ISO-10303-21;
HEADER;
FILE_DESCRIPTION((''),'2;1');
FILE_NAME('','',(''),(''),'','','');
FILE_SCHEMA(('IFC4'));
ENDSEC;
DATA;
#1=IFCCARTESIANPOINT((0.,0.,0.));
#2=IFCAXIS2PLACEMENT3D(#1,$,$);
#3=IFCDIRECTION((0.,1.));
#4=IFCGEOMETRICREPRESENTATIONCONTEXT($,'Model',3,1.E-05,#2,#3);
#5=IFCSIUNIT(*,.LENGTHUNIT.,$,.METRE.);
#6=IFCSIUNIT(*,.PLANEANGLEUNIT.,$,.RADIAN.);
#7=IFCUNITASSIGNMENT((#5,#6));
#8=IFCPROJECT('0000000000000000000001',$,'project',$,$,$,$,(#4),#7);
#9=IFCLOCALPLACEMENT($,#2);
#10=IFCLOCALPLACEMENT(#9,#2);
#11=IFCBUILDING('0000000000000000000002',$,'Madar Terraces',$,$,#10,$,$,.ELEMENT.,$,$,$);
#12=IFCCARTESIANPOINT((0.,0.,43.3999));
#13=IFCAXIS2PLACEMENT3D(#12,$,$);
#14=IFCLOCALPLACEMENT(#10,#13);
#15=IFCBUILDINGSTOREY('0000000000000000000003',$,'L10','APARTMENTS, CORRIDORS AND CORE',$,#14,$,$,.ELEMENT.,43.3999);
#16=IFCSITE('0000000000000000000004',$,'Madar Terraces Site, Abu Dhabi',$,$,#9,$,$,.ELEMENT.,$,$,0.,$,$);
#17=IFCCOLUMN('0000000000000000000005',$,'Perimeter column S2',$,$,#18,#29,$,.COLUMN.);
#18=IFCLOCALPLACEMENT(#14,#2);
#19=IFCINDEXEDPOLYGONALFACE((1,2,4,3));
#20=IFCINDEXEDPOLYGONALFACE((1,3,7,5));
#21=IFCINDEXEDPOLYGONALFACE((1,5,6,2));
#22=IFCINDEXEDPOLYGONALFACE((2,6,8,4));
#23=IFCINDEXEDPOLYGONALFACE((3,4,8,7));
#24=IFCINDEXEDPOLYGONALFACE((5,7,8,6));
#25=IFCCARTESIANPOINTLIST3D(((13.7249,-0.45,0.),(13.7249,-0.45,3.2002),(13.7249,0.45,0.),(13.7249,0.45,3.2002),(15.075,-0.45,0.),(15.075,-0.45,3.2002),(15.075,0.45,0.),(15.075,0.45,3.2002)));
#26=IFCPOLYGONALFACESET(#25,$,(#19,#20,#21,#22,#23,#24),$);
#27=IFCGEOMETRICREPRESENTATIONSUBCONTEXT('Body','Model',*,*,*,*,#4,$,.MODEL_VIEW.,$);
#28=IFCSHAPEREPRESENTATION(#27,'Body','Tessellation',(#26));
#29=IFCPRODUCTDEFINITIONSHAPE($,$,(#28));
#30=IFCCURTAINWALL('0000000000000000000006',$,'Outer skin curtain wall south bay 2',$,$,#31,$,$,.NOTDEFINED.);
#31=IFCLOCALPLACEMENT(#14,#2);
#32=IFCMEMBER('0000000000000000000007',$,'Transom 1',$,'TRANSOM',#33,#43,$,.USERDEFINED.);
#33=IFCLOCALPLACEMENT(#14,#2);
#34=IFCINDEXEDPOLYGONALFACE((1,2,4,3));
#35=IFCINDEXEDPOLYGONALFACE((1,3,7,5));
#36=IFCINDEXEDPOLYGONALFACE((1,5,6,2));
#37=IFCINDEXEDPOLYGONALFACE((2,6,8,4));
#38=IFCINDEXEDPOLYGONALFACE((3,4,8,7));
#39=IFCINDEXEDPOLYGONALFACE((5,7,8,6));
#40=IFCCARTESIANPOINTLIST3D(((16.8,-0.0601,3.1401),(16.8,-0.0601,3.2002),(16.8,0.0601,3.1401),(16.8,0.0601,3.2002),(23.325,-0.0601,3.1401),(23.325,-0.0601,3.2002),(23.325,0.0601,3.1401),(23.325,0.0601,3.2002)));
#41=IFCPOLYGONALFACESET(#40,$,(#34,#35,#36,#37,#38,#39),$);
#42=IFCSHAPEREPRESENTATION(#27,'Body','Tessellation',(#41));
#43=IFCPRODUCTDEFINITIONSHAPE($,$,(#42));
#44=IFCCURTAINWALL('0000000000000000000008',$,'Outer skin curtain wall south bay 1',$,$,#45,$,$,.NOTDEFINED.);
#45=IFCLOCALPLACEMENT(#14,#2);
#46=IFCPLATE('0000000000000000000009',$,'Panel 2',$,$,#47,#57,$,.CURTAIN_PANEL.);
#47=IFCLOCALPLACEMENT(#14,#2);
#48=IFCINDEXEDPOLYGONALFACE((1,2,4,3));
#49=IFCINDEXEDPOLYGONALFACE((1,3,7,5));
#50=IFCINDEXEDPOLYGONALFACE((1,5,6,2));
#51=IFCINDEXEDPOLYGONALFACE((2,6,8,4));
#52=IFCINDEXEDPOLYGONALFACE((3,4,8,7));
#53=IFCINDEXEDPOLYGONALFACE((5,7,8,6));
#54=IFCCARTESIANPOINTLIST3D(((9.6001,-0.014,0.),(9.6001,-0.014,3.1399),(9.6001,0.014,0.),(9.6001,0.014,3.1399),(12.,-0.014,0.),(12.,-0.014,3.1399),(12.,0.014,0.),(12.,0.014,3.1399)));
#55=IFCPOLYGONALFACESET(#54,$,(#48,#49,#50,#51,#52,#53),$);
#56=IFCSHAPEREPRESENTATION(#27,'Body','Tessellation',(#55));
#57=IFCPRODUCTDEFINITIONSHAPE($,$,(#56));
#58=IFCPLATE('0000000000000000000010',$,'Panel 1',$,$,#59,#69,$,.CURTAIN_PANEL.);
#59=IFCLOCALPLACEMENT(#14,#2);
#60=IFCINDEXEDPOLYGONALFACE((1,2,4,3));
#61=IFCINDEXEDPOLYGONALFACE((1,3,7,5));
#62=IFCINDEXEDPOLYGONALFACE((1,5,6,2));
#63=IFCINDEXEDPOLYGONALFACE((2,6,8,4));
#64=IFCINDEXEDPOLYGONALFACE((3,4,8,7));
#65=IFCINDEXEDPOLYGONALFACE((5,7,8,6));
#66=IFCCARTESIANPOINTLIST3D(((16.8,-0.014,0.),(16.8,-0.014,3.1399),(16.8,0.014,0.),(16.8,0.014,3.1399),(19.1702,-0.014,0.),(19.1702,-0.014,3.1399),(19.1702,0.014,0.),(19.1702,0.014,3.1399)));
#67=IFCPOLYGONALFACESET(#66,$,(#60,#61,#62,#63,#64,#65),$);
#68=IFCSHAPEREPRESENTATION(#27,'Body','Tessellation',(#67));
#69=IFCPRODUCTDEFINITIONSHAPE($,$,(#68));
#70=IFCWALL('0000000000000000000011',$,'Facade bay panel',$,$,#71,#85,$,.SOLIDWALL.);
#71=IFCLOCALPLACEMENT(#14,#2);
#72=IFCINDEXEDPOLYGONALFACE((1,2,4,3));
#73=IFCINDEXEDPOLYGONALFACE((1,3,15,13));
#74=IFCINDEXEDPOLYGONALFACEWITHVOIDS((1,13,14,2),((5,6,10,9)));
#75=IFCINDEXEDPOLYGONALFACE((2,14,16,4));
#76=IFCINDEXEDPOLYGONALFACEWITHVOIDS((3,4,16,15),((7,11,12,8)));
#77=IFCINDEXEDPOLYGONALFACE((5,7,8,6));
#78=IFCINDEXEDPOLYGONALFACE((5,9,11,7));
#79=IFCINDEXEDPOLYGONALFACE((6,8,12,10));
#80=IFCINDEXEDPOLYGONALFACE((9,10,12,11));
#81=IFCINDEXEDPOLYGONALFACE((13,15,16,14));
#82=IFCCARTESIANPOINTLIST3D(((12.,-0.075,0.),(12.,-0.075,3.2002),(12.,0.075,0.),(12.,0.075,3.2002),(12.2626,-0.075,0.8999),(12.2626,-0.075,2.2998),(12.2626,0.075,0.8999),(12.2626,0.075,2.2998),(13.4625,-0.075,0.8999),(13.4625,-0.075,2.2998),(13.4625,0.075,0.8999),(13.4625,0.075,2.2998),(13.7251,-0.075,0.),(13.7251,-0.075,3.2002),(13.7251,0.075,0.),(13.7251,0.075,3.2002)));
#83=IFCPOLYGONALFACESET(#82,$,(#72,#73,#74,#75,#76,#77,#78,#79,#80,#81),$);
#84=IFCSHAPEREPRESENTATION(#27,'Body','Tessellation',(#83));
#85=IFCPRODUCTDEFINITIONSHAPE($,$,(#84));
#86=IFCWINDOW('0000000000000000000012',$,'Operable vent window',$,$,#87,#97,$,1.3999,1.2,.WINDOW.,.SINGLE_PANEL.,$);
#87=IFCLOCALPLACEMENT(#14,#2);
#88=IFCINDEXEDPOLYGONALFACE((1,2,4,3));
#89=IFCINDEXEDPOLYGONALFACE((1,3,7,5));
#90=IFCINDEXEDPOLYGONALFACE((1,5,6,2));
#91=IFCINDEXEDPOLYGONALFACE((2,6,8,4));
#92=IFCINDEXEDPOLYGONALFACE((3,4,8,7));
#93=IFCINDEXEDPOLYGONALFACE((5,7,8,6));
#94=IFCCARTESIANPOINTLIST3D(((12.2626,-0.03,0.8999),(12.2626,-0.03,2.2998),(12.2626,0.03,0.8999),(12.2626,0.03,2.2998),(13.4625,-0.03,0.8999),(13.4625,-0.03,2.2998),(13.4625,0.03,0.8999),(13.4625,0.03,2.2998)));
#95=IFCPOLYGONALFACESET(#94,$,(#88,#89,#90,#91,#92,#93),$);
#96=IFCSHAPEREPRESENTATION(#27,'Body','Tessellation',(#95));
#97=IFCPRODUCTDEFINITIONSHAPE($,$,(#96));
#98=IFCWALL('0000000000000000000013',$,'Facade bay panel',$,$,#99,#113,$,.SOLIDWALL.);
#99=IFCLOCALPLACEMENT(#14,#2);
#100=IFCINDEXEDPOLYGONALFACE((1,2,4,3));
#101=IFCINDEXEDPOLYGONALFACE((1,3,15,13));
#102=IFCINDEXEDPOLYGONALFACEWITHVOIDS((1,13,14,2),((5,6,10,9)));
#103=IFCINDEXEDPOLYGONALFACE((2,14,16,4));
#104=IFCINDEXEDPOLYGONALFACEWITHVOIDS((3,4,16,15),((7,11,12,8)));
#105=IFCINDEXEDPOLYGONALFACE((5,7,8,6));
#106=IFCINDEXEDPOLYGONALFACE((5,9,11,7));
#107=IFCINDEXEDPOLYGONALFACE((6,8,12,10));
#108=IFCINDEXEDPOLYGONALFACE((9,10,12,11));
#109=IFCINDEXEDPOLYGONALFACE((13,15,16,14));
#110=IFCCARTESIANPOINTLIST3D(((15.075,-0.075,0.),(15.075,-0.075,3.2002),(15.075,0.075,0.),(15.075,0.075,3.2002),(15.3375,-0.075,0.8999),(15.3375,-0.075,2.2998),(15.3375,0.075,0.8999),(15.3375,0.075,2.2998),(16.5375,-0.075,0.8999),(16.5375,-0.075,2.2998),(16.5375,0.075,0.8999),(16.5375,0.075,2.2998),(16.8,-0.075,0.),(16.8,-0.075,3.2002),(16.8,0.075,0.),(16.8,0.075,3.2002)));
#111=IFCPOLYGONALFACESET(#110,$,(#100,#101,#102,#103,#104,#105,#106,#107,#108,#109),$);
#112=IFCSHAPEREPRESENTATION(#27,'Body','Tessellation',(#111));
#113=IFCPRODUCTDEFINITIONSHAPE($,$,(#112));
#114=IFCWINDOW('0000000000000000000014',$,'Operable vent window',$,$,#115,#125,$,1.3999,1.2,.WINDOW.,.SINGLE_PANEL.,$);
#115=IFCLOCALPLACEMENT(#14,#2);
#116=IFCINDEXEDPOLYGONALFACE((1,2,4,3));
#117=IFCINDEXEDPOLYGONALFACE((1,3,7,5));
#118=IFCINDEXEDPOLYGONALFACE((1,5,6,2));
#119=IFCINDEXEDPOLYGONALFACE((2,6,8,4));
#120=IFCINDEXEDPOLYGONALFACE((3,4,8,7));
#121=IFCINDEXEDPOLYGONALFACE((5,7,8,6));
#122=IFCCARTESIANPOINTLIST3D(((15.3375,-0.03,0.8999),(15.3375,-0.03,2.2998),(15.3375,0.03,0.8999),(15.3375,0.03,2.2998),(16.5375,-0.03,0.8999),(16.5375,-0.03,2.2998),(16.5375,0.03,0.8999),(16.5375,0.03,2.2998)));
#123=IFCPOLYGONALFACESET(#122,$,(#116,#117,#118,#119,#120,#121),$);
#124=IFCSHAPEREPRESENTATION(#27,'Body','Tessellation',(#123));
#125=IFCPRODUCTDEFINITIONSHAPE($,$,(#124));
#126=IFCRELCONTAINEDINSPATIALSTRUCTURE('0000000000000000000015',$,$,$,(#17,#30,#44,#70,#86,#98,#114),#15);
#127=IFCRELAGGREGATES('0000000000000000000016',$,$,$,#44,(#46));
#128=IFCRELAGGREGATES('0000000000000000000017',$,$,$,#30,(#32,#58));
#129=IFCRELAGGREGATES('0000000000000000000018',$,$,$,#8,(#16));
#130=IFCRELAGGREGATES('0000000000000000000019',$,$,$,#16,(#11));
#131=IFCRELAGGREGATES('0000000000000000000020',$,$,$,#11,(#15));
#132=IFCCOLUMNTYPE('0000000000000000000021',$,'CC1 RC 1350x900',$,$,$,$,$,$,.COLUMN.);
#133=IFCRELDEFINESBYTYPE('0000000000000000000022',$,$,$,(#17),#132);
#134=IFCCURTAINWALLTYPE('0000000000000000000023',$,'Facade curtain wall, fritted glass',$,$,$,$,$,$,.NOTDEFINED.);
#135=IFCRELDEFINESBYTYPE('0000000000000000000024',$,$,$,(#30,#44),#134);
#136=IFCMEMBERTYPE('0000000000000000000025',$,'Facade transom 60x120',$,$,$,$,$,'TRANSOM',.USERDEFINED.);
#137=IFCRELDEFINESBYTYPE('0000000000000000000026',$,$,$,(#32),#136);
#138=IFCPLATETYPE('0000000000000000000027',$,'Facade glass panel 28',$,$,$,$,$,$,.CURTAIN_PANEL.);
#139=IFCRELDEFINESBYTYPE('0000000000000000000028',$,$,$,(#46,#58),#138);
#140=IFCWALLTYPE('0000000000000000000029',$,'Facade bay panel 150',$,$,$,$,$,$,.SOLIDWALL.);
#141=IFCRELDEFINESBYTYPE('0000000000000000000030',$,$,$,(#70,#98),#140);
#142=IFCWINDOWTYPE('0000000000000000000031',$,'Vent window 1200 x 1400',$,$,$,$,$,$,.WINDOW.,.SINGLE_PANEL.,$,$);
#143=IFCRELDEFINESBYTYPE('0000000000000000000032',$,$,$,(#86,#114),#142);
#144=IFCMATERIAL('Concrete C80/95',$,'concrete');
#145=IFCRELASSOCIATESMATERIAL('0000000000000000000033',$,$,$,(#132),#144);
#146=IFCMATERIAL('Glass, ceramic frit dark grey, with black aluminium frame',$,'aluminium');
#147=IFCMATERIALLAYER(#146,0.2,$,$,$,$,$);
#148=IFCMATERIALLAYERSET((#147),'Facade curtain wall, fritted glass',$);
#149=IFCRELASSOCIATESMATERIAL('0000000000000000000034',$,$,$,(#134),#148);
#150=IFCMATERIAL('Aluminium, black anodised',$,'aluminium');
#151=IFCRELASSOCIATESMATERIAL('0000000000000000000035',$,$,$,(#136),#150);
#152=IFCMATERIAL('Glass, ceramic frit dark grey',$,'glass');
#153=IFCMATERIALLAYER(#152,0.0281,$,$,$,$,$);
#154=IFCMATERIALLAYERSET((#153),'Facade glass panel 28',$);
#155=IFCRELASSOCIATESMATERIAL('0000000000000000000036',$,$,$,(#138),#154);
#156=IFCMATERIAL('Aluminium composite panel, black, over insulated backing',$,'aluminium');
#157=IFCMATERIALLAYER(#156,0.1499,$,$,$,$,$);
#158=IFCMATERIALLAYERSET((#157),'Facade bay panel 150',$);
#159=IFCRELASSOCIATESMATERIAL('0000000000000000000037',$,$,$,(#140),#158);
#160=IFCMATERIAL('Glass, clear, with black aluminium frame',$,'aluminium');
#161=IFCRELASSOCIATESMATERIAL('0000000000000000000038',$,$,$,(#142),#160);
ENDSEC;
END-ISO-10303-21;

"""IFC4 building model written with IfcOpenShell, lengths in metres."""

from ifc_helpers import new_model, si_unit, direction, frame, frame_2d, origin, origin_2d, place, context, subcontext, project, spatial, rectangle, extrude, material, layer, layer_set, material_profile, profile_set, type_object, element, fill, aggregate, save


model = new_model("IFC4")

# Units and contexts
model_context = context("Model", 3, precision=1e-05, world=origin(), true_north=direction((0.0, 1.0)))
body_context = subcontext(model_context, "Body", "Model", "MODEL_VIEW")
ifc_project = project(units=[si_unit("LENGTHUNIT", "METRE"), si_unit("PLANEANGLEUNIT", "RADIAN")], contexts=[model_context])

# Site, building, storey
site_placement = place(None, origin())
site = spatial("IfcSite", under=ifc_project, at=site_placement, Name="Madar Terraces Site, Abu Dhabi", CompositionType="ELEMENT", RefElevation=0.0)
building_placement = place(site_placement, origin())
building = spatial("IfcBuilding", under=site, at=building_placement, Name="Madar Terraces", CompositionType="ELEMENT")
storey_placement = place(building_placement, frame((0.0, 0.0, 43.3999)))
storey = spatial("IfcBuildingStorey", under=building, at=storey_placement, Name="L10", Description="APARTMENTS, CORRIDORS AND CORE", CompositionType="ELEMENT", Elevation=43.3999)

# Column
ifc_material_1 = material(Name="Concrete C80/95", Category="concrete")
ifc_material_profile_1 = material_profile(ifc_material_1, rectangle(XDim=1.3501, YDim=0.8999, at=origin_2d()), Name="CC1 RC 1350x900")
ifc_profile_set_1 = profile_set([ifc_material_profile_1], Name="Concrete C80/95")
column_type = type_object("IfcColumnType", Name="CC1 RC 1350x900", PredefinedType="COLUMN", material=ifc_profile_set_1)
column_placement = place(storey_placement, frame((14.3999, 0.0, 0.0), z_axis=(0.0, 0.0, 1.0), x_axis=(1.0, 0.0, 0.0)))
element("IfcColumn", 1, at=column_placement, inside=storey, type_object=column_type, Name="Perimeter column S2", PredefinedType="COLUMN", context=body_context, shape_type="SweptSolid", body=[
    extrude(rectangle(XDim=1.3501, YDim=0.8999, at=origin_2d()), origin(), (0.0, 0.0, 1.0), 3.2002),
])

# Curtain wall, member
ifc_material_2 = material(Name="Glass, ceramic frit dark grey, with black aluminium frame", Category="aluminium")
ifc_layer_1 = layer(ifc_material_2, 0.2)
ifc_layer_set_1 = layer_set([ifc_layer_1], Name="Facade curtain wall, fritted glass")
curtain_wall_type = type_object("IfcCurtainWallType", Name="Facade curtain wall, fritted glass", PredefinedType="NOTDEFINED", material=ifc_layer_set_1)
curtain_wall_1_placement = place(storey_placement, origin())
curtain_wall_1 = element("IfcCurtainWall", 2, at=curtain_wall_1_placement, inside=storey, type_object=curtain_wall_type, Name="Outer skin curtain wall south bay 2", PredefinedType="NOTDEFINED")
ifc_material_3 = material(Name="Aluminium, black anodised", Category="aluminium")
ifc_material_profile_2 = material_profile(ifc_material_3, rectangle(XDim=0.1201, YDim=0.0601, at=origin_2d()), Name="Facade transom 60x120")
ifc_profile_set_2 = profile_set([ifc_material_profile_2], Name="Aluminium, black anodised")
member_type = type_object("IfcMemberType", Name="Facade transom 60x120", ElementType="TRANSOM", PredefinedType="USERDEFINED", material=ifc_profile_set_2)
member_placement = place(storey_placement, frame((16.8, 0.0, 3.1702), z_axis=(1.0, 0.0, 0.0), x_axis=(0.0, 1.0, 0.0)))
member = element("IfcMember", 3, at=member_placement, type_object=member_type, Name="Transom 1", ObjectType="TRANSOM", PredefinedType="USERDEFINED", context=body_context, shape_type="SweptSolid", body=[
    extrude(rectangle(XDim=0.1201, YDim=0.0601, at=origin_2d()), origin(), (0.0, 0.0, 1.0), 6.5249),
])

# Curtain wall, plate
curtain_wall_2_placement = place(storey_placement, origin())
curtain_wall_2 = element("IfcCurtainWall", 4, at=curtain_wall_2_placement, inside=storey, type_object=curtain_wall_type, Name="Outer skin curtain wall south bay 1", PredefinedType="NOTDEFINED")
ifc_material_4 = material(Name="Glass, ceramic frit dark grey", Category="glass")
ifc_layer_2 = layer(ifc_material_4, 0.0281)
ifc_layer_set_2 = layer_set([ifc_layer_2], Name="Facade glass panel 28")
plate_type = type_object("IfcPlateType", Name="Facade glass panel 28", PredefinedType="CURTAIN_PANEL", material=ifc_layer_set_2)
plate_1_placement = place(storey_placement, frame((10.8, 0.0, 0.0), z_axis=(0.0, 0.0, 1.0), x_axis=(1.0, 0.0, 0.0)))
plate_1 = element("IfcPlate", 5, at=plate_1_placement, type_object=plate_type, Name="Panel 2", PredefinedType="CURTAIN_PANEL", context=body_context, shape_type="SweptSolid", body=[
    extrude(rectangle(XDim=2.3999, YDim=0.0281, at=origin_2d()), origin(), (0.0, 0.0, 1.0), 3.1399),
])
aggregate(curtain_wall_2, [plate_1])

# Plate
plate_2_placement = place(storey_placement, frame((17.9851, 0.0, 0.0), z_axis=(0.0, 0.0, 1.0), x_axis=(1.0, 0.0, 0.0)))
plate_2 = element("IfcPlate", 6, at=plate_2_placement, type_object=plate_type, Name="Panel 1", PredefinedType="CURTAIN_PANEL", context=body_context, shape_type="SweptSolid", body=[
    extrude(rectangle(XDim=2.3701, YDim=0.0281, at=origin_2d()), origin(), (0.0, 0.0, 1.0), 3.1399),
])
aggregate(curtain_wall_1, [member, plate_2])

# Walls, openings, windows
ifc_material_5 = material(Name="Aluminium composite panel, black, over insulated backing", Category="aluminium")
ifc_layer_3 = layer(ifc_material_5, 0.1499)
ifc_layer_set_3 = layer_set([ifc_layer_3], Name="Facade bay panel 150")
wall_type_1 = type_object("IfcWallType", Name="Facade bay panel 150", PredefinedType="SOLIDWALL", material=ifc_layer_set_3)
wall_1_placement = place(storey_placement, frame((12.0, 0.0, 0.0), z_axis=(0.0, 0.0, 1.0), x_axis=(1.0, 0.0, 0.0)))
wall_1 = element("IfcWall", 7, at=wall_1_placement, inside=storey, type_object=wall_type_1, Name="Facade bay panel", PredefinedType="SOLIDWALL", context=body_context, shape_type="SweptSolid", body=[
    extrude(rectangle(XDim=1.7251, YDim=0.1499, at=frame_2d((0.8625, 0.0))), origin(), (0.0, 0.0, 1.0), 3.2002),
])
opening_1_placement = place(wall_1_placement, frame((0.2625, 0.0, 0.8999)))
opening_1 = element("IfcOpeningElement", 8, at=opening_1_placement, cuts=wall_1, PredefinedType="OPENING", context=body_context, shape_type="SweptSolid", body=[
    extrude(rectangle(XDim=1.2, YDim=1.3999, at=frame_2d((0.6001, 0.7))), frame((0.0, 0.085, 0.0), z_axis=(0.0, -1.0, 0.0), x_axis=(1.0, 0.0, 0.0)), (0.0, 0.0, 1.0), 0.1699),
])
ifc_material_6 = material(Name="Glass, clear, with black aluminium frame", Category="aluminium")
window_type = type_object("IfcWindowType", Name="Vent window 1200 x 1400", PartitioningType="SINGLE_PANEL", PredefinedType="WINDOW", material=ifc_material_6)
window_1_placement = place(opening_1_placement, origin())
window_1 = element("IfcWindow", 9, at=window_1_placement, inside=storey, type_object=window_type, Name="Operable vent window", OverallHeight=1.3999, OverallWidth=1.2, PartitioningType="SINGLE_PANEL", PredefinedType="WINDOW", context=body_context, shape_type="SweptSolid", body=[
    extrude(rectangle(XDim=1.2, YDim=1.3999, at=frame_2d((0.6001, 0.7))), frame((0.0, 0.03, 0.0), z_axis=(0.0, -1.0, 0.0), x_axis=(1.0, 0.0, 0.0)), (0.0, 0.0, 1.0), 0.0601),
])
fill(opening_1, window_1)
wall_2_placement = place(storey_placement, frame((15.075, 0.0, 0.0), z_axis=(0.0, 0.0, 1.0), x_axis=(1.0, 0.0, 0.0)))
wall_2 = element("IfcWall", 10, at=wall_2_placement, inside=storey, type_object=wall_type_1, Name="Facade bay panel", PredefinedType="SOLIDWALL", context=body_context, shape_type="SweptSolid", body=[
    extrude(rectangle(XDim=1.7251, YDim=0.1499, at=frame_2d((0.8625, 0.0))), origin(), (0.0, 0.0, 1.0), 3.2002),
])
opening_2_placement = place(wall_2_placement, frame((0.2625, 0.0, 0.8999)))
opening_2 = element("IfcOpeningElement", 11, at=opening_2_placement, cuts=wall_2, PredefinedType="OPENING", context=body_context, shape_type="SweptSolid", body=[
    extrude(rectangle(XDim=1.2, YDim=1.3999, at=frame_2d((0.6001, 0.7))), frame((0.0, 0.085, 0.0), z_axis=(0.0, -1.0, 0.0), x_axis=(1.0, 0.0, 0.0)), (0.0, 0.0, 1.0), 0.1699),
])
window_2_placement = place(opening_2_placement, origin())
window_2 = element("IfcWindow", 12, at=window_2_placement, inside=storey, type_object=window_type, Name="Operable vent window", OverallHeight=1.3999, OverallWidth=1.2, PartitioningType="SINGLE_PANEL", PredefinedType="WINDOW", context=body_context, shape_type="SweptSolid", body=[
    extrude(rectangle(XDim=1.2, YDim=1.3999, at=frame_2d((0.6001, 0.7))), frame((0.0, 0.03, 0.0), z_axis=(0.0, -1.0, 0.0), x_axis=(1.0, 0.0, 0.0)), (0.0, 0.0, 1.0), 0.0601),
])
fill(opening_2, window_2)

save(model, "model.ifc")
